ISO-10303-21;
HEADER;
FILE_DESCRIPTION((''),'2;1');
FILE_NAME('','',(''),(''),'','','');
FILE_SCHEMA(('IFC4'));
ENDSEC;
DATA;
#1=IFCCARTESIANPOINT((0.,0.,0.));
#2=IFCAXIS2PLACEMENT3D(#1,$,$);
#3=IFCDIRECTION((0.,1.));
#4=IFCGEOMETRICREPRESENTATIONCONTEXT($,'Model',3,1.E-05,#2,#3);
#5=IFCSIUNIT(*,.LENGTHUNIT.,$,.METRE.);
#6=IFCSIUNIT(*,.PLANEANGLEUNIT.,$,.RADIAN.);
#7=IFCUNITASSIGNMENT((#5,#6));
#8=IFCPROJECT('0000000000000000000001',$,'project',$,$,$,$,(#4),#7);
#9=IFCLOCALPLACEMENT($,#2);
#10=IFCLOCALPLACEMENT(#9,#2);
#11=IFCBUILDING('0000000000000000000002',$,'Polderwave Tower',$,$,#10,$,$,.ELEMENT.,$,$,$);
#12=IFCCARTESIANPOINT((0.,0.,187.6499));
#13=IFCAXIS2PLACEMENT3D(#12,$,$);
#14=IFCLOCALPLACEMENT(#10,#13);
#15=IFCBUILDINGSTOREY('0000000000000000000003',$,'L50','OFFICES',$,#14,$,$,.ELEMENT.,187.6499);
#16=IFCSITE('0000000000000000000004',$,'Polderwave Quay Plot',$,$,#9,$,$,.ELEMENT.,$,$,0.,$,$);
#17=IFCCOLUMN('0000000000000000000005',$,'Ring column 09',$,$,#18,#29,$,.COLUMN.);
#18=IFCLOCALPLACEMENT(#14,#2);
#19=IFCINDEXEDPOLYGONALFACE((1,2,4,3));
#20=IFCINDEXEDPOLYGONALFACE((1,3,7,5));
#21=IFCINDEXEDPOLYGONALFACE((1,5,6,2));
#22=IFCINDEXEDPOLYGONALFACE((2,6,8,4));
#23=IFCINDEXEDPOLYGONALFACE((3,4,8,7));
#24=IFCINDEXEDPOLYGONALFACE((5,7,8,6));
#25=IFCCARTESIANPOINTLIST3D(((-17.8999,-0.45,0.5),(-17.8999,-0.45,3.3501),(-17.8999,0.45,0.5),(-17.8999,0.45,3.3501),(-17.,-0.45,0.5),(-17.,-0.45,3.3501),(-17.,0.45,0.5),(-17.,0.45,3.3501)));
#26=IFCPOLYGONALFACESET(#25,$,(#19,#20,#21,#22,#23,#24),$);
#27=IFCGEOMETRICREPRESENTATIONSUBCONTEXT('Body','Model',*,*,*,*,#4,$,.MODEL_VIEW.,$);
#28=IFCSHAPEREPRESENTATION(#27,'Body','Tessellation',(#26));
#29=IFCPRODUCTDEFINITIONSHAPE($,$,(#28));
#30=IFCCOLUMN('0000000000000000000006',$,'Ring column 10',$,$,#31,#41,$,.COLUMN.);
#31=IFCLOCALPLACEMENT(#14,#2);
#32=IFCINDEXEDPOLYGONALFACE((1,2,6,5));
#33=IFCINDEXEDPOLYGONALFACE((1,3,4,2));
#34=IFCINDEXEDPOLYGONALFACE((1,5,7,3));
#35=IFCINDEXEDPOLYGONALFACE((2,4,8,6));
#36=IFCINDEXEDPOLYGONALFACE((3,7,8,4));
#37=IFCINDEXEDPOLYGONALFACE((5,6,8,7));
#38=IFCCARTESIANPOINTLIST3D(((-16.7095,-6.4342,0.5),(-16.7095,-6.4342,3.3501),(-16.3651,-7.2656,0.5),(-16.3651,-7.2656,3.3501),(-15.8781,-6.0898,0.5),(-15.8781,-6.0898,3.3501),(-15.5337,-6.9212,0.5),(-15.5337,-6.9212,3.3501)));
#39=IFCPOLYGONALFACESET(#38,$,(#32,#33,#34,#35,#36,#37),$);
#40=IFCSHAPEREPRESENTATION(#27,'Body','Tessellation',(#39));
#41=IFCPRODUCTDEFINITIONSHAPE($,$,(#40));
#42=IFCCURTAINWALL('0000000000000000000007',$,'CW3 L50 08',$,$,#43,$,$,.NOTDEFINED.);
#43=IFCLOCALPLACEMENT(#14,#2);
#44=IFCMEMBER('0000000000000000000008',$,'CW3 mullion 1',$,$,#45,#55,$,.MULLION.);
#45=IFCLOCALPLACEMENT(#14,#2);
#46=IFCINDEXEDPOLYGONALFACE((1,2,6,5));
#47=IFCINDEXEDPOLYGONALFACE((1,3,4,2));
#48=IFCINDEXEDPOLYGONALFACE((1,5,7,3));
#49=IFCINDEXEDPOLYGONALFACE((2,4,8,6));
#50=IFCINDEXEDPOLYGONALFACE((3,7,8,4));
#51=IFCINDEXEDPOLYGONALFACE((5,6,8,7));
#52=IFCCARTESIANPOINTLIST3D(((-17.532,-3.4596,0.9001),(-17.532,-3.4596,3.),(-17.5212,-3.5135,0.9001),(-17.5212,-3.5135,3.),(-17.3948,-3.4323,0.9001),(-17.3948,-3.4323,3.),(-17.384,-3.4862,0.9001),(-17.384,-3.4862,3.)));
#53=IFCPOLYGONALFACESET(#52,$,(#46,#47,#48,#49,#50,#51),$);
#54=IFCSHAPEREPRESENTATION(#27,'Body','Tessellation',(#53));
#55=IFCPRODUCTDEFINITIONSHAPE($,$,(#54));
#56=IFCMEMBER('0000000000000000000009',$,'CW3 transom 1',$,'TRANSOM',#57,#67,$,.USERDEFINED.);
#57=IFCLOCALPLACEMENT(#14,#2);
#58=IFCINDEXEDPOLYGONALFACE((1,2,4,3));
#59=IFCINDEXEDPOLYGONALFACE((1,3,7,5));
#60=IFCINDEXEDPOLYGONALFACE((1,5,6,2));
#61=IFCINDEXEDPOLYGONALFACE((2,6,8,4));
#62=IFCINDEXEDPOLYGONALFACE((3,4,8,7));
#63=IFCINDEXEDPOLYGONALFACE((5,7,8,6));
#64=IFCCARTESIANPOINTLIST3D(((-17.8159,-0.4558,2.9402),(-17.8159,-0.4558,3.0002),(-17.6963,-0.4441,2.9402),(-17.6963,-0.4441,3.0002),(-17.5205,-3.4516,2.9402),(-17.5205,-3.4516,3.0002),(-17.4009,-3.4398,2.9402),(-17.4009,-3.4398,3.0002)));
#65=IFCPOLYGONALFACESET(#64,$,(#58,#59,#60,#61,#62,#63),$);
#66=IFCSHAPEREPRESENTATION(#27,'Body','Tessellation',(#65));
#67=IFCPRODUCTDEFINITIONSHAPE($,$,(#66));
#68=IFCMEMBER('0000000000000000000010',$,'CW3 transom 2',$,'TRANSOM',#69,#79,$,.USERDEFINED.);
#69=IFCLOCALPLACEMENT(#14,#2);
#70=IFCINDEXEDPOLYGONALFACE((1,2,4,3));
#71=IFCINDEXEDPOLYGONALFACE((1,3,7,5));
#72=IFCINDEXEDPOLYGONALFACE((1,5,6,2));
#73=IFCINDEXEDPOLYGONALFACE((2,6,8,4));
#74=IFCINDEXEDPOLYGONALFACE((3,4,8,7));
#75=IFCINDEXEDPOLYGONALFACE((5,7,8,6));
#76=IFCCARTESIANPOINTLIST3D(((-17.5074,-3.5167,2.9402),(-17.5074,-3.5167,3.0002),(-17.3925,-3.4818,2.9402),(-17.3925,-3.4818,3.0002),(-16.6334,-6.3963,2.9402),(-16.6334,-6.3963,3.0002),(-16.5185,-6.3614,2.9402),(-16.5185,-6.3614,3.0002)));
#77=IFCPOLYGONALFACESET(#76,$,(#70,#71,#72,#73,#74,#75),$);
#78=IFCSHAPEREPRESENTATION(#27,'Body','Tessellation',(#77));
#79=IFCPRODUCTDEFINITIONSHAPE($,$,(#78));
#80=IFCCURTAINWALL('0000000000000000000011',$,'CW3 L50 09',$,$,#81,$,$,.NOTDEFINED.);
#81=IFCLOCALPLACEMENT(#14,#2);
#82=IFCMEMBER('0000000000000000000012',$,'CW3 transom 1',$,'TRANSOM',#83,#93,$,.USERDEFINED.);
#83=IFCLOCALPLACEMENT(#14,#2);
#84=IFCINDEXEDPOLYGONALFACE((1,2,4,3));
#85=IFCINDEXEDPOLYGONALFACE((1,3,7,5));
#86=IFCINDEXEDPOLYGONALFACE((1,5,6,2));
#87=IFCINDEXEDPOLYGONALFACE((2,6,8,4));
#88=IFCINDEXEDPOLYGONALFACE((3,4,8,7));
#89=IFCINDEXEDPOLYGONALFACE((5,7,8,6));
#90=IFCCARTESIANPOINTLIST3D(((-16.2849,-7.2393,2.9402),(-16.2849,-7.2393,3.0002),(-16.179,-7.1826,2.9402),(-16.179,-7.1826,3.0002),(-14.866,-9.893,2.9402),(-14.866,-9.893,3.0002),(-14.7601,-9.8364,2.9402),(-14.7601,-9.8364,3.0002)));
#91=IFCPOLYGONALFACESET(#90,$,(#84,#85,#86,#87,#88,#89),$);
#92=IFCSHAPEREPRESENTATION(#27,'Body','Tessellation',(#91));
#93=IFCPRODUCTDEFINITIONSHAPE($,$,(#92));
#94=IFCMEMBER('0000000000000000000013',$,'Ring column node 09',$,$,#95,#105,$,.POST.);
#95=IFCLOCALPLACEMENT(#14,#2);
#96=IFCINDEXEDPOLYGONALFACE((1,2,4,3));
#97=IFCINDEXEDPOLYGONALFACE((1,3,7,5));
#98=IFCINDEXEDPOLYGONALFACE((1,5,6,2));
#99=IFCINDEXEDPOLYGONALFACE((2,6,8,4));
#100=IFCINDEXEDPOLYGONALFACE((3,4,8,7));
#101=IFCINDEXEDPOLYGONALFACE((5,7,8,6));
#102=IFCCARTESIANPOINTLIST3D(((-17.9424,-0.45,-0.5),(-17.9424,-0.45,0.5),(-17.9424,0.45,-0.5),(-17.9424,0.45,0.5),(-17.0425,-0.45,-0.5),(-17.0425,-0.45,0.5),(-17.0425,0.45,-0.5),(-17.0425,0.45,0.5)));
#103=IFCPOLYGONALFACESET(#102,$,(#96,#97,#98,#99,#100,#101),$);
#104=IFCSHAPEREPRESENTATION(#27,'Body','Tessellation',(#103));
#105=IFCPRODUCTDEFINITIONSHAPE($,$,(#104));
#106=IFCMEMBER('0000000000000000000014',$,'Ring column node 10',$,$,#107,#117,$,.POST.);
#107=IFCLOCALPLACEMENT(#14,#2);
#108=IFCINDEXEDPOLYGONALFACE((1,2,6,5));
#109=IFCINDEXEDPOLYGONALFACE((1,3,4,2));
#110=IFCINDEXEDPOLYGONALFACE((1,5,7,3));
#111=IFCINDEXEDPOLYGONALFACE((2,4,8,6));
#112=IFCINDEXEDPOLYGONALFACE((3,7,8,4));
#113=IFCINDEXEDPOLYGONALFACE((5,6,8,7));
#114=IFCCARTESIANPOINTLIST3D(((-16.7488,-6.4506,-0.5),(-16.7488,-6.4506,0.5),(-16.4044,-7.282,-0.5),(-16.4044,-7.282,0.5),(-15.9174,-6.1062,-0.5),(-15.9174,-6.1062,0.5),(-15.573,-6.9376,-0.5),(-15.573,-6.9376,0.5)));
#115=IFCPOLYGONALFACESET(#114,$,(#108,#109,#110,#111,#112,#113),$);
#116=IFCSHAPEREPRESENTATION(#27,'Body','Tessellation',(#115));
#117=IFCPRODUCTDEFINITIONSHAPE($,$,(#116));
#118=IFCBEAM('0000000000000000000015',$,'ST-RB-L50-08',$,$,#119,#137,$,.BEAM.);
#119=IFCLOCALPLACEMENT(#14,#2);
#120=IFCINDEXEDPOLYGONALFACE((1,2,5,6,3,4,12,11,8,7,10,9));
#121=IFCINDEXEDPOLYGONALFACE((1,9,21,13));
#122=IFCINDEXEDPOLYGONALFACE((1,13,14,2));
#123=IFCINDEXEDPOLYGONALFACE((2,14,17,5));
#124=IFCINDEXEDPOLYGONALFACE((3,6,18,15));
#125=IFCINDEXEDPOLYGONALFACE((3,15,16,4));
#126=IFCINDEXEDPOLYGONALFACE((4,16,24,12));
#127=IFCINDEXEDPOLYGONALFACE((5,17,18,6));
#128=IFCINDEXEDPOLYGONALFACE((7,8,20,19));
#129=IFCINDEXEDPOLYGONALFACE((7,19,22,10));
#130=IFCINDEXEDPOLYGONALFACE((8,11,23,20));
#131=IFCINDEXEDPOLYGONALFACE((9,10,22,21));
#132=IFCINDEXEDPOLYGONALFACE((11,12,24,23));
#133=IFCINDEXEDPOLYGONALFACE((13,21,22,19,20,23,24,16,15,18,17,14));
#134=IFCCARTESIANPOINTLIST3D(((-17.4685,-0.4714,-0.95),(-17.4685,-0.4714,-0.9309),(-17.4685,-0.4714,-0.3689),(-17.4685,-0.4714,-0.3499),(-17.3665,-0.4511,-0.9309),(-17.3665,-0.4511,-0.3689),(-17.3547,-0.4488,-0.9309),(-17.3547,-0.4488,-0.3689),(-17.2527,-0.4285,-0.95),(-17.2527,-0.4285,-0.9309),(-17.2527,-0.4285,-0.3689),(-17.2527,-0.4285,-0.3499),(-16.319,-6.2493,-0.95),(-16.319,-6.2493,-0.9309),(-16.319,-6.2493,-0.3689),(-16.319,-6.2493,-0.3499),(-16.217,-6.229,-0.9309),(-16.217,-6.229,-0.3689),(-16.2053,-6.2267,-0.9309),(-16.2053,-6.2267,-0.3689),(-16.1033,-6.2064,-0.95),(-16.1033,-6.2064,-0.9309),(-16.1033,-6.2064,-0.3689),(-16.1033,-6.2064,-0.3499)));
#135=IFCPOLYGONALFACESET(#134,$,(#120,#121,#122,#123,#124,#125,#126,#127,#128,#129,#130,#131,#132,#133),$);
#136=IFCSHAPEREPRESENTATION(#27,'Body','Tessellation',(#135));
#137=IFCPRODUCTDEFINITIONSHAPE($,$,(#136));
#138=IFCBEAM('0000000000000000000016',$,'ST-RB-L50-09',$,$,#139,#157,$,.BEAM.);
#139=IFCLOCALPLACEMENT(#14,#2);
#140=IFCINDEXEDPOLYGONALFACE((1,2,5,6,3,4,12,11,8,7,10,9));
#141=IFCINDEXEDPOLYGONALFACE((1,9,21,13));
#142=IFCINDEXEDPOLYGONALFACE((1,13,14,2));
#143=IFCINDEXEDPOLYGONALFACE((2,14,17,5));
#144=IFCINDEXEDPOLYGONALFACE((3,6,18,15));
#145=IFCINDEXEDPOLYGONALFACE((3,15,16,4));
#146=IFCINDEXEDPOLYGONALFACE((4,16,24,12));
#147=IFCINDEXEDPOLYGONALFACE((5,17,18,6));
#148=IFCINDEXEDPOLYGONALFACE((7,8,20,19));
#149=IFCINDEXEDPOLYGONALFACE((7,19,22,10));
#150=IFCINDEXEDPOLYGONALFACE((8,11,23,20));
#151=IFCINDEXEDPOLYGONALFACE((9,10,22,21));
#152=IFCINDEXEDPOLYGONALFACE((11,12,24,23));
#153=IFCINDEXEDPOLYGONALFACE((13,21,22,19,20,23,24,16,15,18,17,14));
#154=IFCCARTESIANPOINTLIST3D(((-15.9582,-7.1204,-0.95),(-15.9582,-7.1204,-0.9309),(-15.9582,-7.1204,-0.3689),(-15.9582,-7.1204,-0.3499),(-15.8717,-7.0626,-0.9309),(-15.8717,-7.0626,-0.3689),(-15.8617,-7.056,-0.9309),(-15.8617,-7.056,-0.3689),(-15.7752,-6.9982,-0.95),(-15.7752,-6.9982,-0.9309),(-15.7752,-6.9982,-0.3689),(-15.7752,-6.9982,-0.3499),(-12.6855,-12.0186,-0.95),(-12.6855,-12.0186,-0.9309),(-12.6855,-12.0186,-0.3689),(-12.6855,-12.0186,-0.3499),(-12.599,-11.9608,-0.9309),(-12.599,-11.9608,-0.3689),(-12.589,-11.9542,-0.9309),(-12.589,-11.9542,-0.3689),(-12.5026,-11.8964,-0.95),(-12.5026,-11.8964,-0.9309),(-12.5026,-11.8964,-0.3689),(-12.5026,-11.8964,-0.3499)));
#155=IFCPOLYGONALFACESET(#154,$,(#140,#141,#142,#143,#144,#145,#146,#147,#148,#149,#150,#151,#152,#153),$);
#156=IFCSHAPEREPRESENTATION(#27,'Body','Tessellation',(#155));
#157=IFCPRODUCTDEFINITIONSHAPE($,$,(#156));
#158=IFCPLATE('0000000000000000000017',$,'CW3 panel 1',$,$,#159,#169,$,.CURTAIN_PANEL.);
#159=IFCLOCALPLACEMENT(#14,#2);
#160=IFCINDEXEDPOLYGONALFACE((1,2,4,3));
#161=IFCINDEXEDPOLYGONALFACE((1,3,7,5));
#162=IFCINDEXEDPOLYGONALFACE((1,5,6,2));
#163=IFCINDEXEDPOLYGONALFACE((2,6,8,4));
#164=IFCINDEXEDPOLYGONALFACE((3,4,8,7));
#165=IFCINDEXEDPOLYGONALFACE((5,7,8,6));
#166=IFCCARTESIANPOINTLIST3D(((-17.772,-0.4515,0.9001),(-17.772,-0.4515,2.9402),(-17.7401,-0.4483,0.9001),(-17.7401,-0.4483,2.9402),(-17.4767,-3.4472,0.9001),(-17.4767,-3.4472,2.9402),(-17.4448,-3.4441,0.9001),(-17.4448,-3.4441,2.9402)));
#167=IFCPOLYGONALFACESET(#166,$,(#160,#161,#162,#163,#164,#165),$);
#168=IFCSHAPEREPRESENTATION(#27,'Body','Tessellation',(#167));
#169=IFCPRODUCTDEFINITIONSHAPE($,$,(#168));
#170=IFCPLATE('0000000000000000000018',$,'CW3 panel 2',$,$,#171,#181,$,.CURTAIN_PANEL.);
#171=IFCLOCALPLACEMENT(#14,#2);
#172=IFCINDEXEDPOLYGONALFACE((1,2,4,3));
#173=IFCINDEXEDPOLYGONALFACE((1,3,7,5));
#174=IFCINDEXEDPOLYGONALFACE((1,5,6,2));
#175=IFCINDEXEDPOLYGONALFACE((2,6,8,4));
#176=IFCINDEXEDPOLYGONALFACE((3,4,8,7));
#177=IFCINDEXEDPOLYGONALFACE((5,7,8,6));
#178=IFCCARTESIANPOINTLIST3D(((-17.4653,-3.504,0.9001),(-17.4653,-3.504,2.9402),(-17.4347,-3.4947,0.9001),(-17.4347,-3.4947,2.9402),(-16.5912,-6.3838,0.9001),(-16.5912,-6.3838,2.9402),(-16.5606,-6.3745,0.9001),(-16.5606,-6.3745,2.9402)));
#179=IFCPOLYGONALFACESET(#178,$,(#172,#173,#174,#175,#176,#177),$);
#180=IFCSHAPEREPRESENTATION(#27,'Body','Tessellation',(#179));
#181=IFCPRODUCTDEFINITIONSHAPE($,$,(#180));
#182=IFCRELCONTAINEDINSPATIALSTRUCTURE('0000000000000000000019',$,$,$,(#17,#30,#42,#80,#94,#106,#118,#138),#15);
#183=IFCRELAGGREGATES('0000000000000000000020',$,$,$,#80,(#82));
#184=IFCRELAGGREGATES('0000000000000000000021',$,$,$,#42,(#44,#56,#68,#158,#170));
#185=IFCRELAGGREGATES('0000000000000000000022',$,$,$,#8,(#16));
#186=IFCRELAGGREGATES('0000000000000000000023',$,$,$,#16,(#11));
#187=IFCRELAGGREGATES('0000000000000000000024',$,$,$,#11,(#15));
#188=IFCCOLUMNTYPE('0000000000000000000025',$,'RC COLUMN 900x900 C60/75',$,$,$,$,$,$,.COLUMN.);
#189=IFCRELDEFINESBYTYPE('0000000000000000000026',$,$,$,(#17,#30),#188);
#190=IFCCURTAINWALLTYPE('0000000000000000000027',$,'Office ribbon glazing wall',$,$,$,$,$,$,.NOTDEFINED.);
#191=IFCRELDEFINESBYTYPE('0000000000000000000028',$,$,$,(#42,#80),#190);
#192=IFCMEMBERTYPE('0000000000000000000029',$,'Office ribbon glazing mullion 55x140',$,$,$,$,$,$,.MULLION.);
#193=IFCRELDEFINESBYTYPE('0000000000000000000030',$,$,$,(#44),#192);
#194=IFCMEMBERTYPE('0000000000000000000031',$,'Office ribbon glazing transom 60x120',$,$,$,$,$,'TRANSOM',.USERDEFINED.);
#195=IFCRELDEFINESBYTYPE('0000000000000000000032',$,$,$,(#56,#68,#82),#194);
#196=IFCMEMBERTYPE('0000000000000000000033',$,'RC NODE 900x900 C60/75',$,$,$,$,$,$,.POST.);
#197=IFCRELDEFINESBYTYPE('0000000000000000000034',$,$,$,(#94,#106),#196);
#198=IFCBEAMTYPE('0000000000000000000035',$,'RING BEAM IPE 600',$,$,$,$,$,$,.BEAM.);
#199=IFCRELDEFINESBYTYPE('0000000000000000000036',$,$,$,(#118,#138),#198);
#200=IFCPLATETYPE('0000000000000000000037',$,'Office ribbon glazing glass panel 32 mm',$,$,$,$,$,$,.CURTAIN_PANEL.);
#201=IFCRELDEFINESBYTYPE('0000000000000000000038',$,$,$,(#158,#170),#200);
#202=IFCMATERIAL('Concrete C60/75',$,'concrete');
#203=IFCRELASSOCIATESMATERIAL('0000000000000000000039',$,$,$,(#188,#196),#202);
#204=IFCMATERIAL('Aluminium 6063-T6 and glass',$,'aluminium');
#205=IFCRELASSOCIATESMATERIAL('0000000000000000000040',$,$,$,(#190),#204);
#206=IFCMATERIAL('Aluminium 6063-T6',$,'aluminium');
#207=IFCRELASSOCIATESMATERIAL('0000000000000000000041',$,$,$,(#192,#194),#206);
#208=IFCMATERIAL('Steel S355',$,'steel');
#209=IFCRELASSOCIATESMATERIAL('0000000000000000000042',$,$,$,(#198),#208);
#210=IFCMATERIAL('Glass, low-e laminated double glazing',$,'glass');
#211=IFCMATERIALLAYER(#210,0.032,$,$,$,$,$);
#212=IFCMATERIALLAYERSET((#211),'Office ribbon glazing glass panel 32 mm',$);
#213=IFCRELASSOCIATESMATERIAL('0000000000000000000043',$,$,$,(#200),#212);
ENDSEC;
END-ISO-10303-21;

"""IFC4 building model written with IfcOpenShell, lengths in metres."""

from ifc_helpers import new_model, si_unit, direction, frame, origin, origin_2d, place, context, subcontext, project, spatial, rectangle, i_section, extrude, material, layer, layer_set, material_profile, profile_set, type_object, element, aggregate, save


model = new_model("IFC4")

# Units and contexts
model_context = context("Model", 3, precision=1e-05, world=origin(), true_north=direction((0.0, 1.0)))
body_context = subcontext(model_context, "Body", "Model", "MODEL_VIEW")
ifc_project = project(units=[si_unit("LENGTHUNIT", "METRE"), si_unit("PLANEANGLEUNIT", "RADIAN")], contexts=[model_context])

# Site, building, storey
site_placement = place(None, origin())
site = spatial("IfcSite", under=ifc_project, at=site_placement, Name="Polderwave Quay Plot", CompositionType="ELEMENT", RefElevation=0.0)
building_placement = place(site_placement, origin())
building = spatial("IfcBuilding", under=site, at=building_placement, Name="Polderwave Tower", CompositionType="ELEMENT")
storey_placement = place(building_placement, frame((0.0, 0.0, 187.6499)))
storey = spatial("IfcBuildingStorey", under=building, at=storey_placement, Name="L50", Description="OFFICES", CompositionType="ELEMENT", Elevation=187.6499)

# Columns
ifc_material_1 = material(Name="Concrete C60/75", Category="concrete")
ifc_material_profile_1 = material_profile(ifc_material_1, rectangle(XDim=0.8999, YDim=0.8999, at=origin_2d()), Name="RC 900x900")
ifc_profile_set_1 = profile_set([ifc_material_profile_1], Name="Concrete C60/75")
column_type = type_object("IfcColumnType", Name="RC COLUMN 900x900 C60/75", PredefinedType="COLUMN", material=ifc_profile_set_1)
for number, where, z_axis, x_axis, name in (
    (1, (-17.45, 0.0, 0.5), (0.0, 0.0, 1.0), (-1.0, 0.0, 0.0), "Ring column 09"),
    (2, (-16.1216, -6.6777, 0.5), (0.0, 0.0, 1.0), (-0.92388, -0.382683, 0.0), "Ring column 10"),
):
    element("IfcColumn", number, at=place(storey_placement, frame(where, z_axis=z_axis, x_axis=x_axis)), inside=storey, type_object=column_type, Name=name, PredefinedType="COLUMN", context=body_context, shape_type="SweptSolid", body=[
        extrude(rectangle(XDim=0.8999, YDim=0.8999, at=origin_2d()), origin(), (0.0, 0.0, 1.0), 2.8501),
    ])

# Curtain wall, members
ifc_material_2 = material(Name="Aluminium 6063-T6 and glass", Category="aluminium")
curtain_wall_type = type_object("IfcCurtainWallType", Name="Office ribbon glazing wall", PredefinedType="NOTDEFINED", material=ifc_material_2)
curtain_wall_1_placement = place(storey_placement, origin())
curtain_wall_1 = element("IfcCurtainWall", 3, at=curtain_wall_1_placement, inside=storey, type_object=curtain_wall_type, Name="CW3 L50 08", PredefinedType="NOTDEFINED")
ifc_material_3 = material(Name="Aluminium 6063-T6", Category="aluminium")
ifc_material_profile_2 = material_profile(ifc_material_3, rectangle(XDim=0.1399, YDim=0.0549, at=origin_2d()), Name="AL 55x140")
ifc_profile_set_2 = profile_set([ifc_material_profile_2], Name="Aluminium 6063-T6")
member_type_1 = type_object("IfcMemberType", Name="Office ribbon glazing mullion 55x140", PredefinedType="MULLION", material=ifc_profile_set_2)
member_1_placement = place(storey_placement, frame((-17.458, -3.4729, 0.9001), z_axis=(0.0, 0.0, 1.0), x_axis=(0.980762, 0.195205, 0.0)))
member_1 = element("IfcMember", 4, at=member_1_placement, type_object=member_type_1, Name="CW3 mullion 1", PredefinedType="MULLION", context=body_context, shape_type="SweptSolid", body=[
    extrude(rectangle(XDim=0.1399, YDim=0.0549, at=origin_2d()), origin(), (0.0, 0.0, 1.0), 2.0999),
])
ifc_material_profile_3 = material_profile(ifc_material_3, rectangle(XDim=0.1201, YDim=0.0601, at=origin_2d()), Name="AL 60x120")
ifc_profile_set_3 = profile_set([ifc_material_profile_3], Name="Aluminium 6063-T6")
member_type_2 = type_object("IfcMemberType", Name="Office ribbon glazing transom 60x120", ElementType="TRANSOM", PredefinedType="USERDEFINED", material=ifc_profile_set_3)
member_2_placement = place(storey_placement, frame((-17.7561, -0.45, 2.9702), z_axis=(0.098138, -0.995173, 0.0), x_axis=(0.995173, 0.098138, 0.0)))
member_2 = element("IfcMember", 5, at=member_2_placement, type_object=member_type_2, Name="CW3 transom 1", ObjectType="TRANSOM", PredefinedType="USERDEFINED", context=body_context, shape_type="SweptSolid", body=[
    extrude(rectangle(XDim=0.1201, YDim=0.0601, at=origin_2d()), origin(), (0.0, 0.0, 1.0), 3.0103),
])
member_3_placement = place(storey_placement, frame((-17.45, -3.4993, 2.9702), z_axis=(0.290435, -0.956895, 0.0), x_axis=(0.956895, 0.290435, 0.0)))
member_3 = element("IfcMember", 6, at=member_3_placement, type_object=member_type_2, Name="CW3 transom 2", ObjectType="TRANSOM", PredefinedType="USERDEFINED", context=body_context, shape_type="SweptSolid", body=[
    extrude(rectangle(XDim=0.1201, YDim=0.0601, at=origin_2d()), origin(), (0.0, 0.0, 1.0), 3.0093),
])

# Curtain wall, member
curtain_wall_2_placement = place(storey_placement, origin())
curtain_wall_2 = element("IfcCurtainWall", 7, at=curtain_wall_2_placement, inside=storey, type_object=curtain_wall_type, Name="CW3 L50 09", PredefinedType="NOTDEFINED")
member_4_placement = place(storey_placement, frame((-16.2319, -7.2109, 2.9702), z_axis=(0.471514, -0.881858, 0.0), x_axis=(0.881858, 0.471514, 0.0)))
member_4 = element("IfcMember", 8, at=member_4_placement, type_object=member_type_2, Name="CW3 transom 1", ObjectType="TRANSOM", PredefinedType="USERDEFINED", context=body_context, shape_type="SweptSolid", body=[
    extrude(rectangle(XDim=0.1201, YDim=0.0601, at=origin_2d()), origin(), (0.0, 0.0, 1.0), 3.0093),
])
aggregate(curtain_wall_2, [member_4])

# Members
ifc_material_profile_4 = material_profile(ifc_material_1, rectangle(XDim=0.8999, YDim=0.8999, at=origin_2d()), Name="RC 900x900")
ifc_profile_set_4 = profile_set([ifc_material_profile_4], Name="Concrete C60/75")
member_type_3 = type_object("IfcMemberType", Name="RC NODE 900x900 C60/75", PredefinedType="POST", material=ifc_profile_set_4)
for number, where, z_axis, x_axis, name in (
    (9, (-17.4924, 0.0, -0.5), (0.0, 0.0, 1.0), (-1.0, 0.0, 0.0), "Ring column node 09"),
    (10, (-16.1609, -6.6941, -0.5), (0.0, 0.0, 1.0), (-0.92388, -0.382683, 0.0), "Ring column node 10"),
):
    element("IfcMember", number, at=place(storey_placement, frame(where, z_axis=z_axis, x_axis=x_axis)), inside=storey, type_object=member_type_3, Name=name, PredefinedType="POST", context=body_context, shape_type="SweptSolid", body=[
        extrude(rectangle(XDim=0.8999, YDim=0.8999, at=origin_2d()), origin(), (0.0, 0.0, 1.0), 1.0),
    ])

# Beams
ifc_material_4 = material(Name="Steel S355", Category="steel")
ifc_material_profile_5 = material_profile(ifc_material_4, i_section(OverallWidth=0.22, OverallDepth=0.6001, WebThickness=0.012, FlangeThickness=0.019, at=origin_2d()), Name="IPE 600")
ifc_profile_set_5 = profile_set([ifc_material_profile_5], Name="Steel S355")
beam_type = type_object("IfcBeamType", Name="RING BEAM IPE 600", PredefinedType="BEAM", material=ifc_profile_set_5)
beam_1_placement = place(storey_placement, frame((-17.3606, -0.45, -0.6499), z_axis=(0.195112, -0.980781, 0.0), x_axis=(0.980781, 0.195112, 0.0)))
element("IfcBeam", 11, at=beam_1_placement, inside=storey, type_object=beam_type, Name="ST-RB-L50-08", PredefinedType="BEAM", context=body_context, shape_type="SweptSolid", body=[
    extrude(i_section(OverallWidth=0.22, OverallDepth=0.6001, WebThickness=0.012, FlangeThickness=0.019, at=origin_2d()), origin(), (0.0, 0.0, 1.0), 5.8911),
])
beam_2_placement = place(storey_placement, frame((-15.8667, -7.0593, -0.6499), z_axis=(0.555551, -0.831482, 0.0), x_axis=(0.831482, 0.555551, 0.0)))
element("IfcBeam", 12, at=beam_2_placement, inside=storey, type_object=beam_type, Name="ST-RB-L50-09", PredefinedType="BEAM", context=body_context, shape_type="SweptSolid", body=[
    extrude(i_section(OverallWidth=0.22, OverallDepth=0.6001, WebThickness=0.012, FlangeThickness=0.019, at=origin_2d()), origin(), (0.0, 0.0, 1.0), 5.8909),
])

# Plates
ifc_material_5 = material(Name="Glass, low-e laminated double glazing", Category="glass")
ifc_layer_1 = layer(ifc_material_5, 0.032)
ifc_layer_set_1 = layer_set([ifc_layer_1], Name="Office ribbon glazing glass panel 32 mm")
plate_type = type_object("IfcPlateType", Name="Office ribbon glazing glass panel 32 mm", PredefinedType="CURTAIN_PANEL", material=ifc_layer_set_1)
plate_1_placement = place(storey_placement, frame((-17.6084, -1.9478, 0.9001), z_axis=(0.0, 0.0, 1.0), x_axis=(0.098102, -0.995176, 0.0)))
plate_1 = element("IfcPlate", 13, at=plate_1_placement, type_object=plate_type, Name="CW3 panel 1", PredefinedType="CURTAIN_PANEL", context=body_context, shape_type="SweptSolid", body=[
    extrude(rectangle(XDim=3.0103, YDim=0.032, at=origin_2d()), origin(), (0.0, 0.0, 1.0), 2.04),
])
plate_2_placement = place(storey_placement, frame((-17.0129, -4.9392, 0.9001), z_axis=(0.0, 0.0, 1.0), x_axis=(0.290428, -0.956897, 0.0)))
plate_2 = element("IfcPlate", 14, at=plate_2_placement, type_object=plate_type, Name="CW3 panel 2", PredefinedType="CURTAIN_PANEL", context=body_context, shape_type="SweptSolid", body=[
    extrude(rectangle(XDim=3.0095, YDim=0.032, at=origin_2d()), origin(), (0.0, 0.0, 1.0), 2.04),
])
aggregate(curtain_wall_1, [member_1, member_2, member_3, plate_1, plate_2])

save(model, "model.ifc")
